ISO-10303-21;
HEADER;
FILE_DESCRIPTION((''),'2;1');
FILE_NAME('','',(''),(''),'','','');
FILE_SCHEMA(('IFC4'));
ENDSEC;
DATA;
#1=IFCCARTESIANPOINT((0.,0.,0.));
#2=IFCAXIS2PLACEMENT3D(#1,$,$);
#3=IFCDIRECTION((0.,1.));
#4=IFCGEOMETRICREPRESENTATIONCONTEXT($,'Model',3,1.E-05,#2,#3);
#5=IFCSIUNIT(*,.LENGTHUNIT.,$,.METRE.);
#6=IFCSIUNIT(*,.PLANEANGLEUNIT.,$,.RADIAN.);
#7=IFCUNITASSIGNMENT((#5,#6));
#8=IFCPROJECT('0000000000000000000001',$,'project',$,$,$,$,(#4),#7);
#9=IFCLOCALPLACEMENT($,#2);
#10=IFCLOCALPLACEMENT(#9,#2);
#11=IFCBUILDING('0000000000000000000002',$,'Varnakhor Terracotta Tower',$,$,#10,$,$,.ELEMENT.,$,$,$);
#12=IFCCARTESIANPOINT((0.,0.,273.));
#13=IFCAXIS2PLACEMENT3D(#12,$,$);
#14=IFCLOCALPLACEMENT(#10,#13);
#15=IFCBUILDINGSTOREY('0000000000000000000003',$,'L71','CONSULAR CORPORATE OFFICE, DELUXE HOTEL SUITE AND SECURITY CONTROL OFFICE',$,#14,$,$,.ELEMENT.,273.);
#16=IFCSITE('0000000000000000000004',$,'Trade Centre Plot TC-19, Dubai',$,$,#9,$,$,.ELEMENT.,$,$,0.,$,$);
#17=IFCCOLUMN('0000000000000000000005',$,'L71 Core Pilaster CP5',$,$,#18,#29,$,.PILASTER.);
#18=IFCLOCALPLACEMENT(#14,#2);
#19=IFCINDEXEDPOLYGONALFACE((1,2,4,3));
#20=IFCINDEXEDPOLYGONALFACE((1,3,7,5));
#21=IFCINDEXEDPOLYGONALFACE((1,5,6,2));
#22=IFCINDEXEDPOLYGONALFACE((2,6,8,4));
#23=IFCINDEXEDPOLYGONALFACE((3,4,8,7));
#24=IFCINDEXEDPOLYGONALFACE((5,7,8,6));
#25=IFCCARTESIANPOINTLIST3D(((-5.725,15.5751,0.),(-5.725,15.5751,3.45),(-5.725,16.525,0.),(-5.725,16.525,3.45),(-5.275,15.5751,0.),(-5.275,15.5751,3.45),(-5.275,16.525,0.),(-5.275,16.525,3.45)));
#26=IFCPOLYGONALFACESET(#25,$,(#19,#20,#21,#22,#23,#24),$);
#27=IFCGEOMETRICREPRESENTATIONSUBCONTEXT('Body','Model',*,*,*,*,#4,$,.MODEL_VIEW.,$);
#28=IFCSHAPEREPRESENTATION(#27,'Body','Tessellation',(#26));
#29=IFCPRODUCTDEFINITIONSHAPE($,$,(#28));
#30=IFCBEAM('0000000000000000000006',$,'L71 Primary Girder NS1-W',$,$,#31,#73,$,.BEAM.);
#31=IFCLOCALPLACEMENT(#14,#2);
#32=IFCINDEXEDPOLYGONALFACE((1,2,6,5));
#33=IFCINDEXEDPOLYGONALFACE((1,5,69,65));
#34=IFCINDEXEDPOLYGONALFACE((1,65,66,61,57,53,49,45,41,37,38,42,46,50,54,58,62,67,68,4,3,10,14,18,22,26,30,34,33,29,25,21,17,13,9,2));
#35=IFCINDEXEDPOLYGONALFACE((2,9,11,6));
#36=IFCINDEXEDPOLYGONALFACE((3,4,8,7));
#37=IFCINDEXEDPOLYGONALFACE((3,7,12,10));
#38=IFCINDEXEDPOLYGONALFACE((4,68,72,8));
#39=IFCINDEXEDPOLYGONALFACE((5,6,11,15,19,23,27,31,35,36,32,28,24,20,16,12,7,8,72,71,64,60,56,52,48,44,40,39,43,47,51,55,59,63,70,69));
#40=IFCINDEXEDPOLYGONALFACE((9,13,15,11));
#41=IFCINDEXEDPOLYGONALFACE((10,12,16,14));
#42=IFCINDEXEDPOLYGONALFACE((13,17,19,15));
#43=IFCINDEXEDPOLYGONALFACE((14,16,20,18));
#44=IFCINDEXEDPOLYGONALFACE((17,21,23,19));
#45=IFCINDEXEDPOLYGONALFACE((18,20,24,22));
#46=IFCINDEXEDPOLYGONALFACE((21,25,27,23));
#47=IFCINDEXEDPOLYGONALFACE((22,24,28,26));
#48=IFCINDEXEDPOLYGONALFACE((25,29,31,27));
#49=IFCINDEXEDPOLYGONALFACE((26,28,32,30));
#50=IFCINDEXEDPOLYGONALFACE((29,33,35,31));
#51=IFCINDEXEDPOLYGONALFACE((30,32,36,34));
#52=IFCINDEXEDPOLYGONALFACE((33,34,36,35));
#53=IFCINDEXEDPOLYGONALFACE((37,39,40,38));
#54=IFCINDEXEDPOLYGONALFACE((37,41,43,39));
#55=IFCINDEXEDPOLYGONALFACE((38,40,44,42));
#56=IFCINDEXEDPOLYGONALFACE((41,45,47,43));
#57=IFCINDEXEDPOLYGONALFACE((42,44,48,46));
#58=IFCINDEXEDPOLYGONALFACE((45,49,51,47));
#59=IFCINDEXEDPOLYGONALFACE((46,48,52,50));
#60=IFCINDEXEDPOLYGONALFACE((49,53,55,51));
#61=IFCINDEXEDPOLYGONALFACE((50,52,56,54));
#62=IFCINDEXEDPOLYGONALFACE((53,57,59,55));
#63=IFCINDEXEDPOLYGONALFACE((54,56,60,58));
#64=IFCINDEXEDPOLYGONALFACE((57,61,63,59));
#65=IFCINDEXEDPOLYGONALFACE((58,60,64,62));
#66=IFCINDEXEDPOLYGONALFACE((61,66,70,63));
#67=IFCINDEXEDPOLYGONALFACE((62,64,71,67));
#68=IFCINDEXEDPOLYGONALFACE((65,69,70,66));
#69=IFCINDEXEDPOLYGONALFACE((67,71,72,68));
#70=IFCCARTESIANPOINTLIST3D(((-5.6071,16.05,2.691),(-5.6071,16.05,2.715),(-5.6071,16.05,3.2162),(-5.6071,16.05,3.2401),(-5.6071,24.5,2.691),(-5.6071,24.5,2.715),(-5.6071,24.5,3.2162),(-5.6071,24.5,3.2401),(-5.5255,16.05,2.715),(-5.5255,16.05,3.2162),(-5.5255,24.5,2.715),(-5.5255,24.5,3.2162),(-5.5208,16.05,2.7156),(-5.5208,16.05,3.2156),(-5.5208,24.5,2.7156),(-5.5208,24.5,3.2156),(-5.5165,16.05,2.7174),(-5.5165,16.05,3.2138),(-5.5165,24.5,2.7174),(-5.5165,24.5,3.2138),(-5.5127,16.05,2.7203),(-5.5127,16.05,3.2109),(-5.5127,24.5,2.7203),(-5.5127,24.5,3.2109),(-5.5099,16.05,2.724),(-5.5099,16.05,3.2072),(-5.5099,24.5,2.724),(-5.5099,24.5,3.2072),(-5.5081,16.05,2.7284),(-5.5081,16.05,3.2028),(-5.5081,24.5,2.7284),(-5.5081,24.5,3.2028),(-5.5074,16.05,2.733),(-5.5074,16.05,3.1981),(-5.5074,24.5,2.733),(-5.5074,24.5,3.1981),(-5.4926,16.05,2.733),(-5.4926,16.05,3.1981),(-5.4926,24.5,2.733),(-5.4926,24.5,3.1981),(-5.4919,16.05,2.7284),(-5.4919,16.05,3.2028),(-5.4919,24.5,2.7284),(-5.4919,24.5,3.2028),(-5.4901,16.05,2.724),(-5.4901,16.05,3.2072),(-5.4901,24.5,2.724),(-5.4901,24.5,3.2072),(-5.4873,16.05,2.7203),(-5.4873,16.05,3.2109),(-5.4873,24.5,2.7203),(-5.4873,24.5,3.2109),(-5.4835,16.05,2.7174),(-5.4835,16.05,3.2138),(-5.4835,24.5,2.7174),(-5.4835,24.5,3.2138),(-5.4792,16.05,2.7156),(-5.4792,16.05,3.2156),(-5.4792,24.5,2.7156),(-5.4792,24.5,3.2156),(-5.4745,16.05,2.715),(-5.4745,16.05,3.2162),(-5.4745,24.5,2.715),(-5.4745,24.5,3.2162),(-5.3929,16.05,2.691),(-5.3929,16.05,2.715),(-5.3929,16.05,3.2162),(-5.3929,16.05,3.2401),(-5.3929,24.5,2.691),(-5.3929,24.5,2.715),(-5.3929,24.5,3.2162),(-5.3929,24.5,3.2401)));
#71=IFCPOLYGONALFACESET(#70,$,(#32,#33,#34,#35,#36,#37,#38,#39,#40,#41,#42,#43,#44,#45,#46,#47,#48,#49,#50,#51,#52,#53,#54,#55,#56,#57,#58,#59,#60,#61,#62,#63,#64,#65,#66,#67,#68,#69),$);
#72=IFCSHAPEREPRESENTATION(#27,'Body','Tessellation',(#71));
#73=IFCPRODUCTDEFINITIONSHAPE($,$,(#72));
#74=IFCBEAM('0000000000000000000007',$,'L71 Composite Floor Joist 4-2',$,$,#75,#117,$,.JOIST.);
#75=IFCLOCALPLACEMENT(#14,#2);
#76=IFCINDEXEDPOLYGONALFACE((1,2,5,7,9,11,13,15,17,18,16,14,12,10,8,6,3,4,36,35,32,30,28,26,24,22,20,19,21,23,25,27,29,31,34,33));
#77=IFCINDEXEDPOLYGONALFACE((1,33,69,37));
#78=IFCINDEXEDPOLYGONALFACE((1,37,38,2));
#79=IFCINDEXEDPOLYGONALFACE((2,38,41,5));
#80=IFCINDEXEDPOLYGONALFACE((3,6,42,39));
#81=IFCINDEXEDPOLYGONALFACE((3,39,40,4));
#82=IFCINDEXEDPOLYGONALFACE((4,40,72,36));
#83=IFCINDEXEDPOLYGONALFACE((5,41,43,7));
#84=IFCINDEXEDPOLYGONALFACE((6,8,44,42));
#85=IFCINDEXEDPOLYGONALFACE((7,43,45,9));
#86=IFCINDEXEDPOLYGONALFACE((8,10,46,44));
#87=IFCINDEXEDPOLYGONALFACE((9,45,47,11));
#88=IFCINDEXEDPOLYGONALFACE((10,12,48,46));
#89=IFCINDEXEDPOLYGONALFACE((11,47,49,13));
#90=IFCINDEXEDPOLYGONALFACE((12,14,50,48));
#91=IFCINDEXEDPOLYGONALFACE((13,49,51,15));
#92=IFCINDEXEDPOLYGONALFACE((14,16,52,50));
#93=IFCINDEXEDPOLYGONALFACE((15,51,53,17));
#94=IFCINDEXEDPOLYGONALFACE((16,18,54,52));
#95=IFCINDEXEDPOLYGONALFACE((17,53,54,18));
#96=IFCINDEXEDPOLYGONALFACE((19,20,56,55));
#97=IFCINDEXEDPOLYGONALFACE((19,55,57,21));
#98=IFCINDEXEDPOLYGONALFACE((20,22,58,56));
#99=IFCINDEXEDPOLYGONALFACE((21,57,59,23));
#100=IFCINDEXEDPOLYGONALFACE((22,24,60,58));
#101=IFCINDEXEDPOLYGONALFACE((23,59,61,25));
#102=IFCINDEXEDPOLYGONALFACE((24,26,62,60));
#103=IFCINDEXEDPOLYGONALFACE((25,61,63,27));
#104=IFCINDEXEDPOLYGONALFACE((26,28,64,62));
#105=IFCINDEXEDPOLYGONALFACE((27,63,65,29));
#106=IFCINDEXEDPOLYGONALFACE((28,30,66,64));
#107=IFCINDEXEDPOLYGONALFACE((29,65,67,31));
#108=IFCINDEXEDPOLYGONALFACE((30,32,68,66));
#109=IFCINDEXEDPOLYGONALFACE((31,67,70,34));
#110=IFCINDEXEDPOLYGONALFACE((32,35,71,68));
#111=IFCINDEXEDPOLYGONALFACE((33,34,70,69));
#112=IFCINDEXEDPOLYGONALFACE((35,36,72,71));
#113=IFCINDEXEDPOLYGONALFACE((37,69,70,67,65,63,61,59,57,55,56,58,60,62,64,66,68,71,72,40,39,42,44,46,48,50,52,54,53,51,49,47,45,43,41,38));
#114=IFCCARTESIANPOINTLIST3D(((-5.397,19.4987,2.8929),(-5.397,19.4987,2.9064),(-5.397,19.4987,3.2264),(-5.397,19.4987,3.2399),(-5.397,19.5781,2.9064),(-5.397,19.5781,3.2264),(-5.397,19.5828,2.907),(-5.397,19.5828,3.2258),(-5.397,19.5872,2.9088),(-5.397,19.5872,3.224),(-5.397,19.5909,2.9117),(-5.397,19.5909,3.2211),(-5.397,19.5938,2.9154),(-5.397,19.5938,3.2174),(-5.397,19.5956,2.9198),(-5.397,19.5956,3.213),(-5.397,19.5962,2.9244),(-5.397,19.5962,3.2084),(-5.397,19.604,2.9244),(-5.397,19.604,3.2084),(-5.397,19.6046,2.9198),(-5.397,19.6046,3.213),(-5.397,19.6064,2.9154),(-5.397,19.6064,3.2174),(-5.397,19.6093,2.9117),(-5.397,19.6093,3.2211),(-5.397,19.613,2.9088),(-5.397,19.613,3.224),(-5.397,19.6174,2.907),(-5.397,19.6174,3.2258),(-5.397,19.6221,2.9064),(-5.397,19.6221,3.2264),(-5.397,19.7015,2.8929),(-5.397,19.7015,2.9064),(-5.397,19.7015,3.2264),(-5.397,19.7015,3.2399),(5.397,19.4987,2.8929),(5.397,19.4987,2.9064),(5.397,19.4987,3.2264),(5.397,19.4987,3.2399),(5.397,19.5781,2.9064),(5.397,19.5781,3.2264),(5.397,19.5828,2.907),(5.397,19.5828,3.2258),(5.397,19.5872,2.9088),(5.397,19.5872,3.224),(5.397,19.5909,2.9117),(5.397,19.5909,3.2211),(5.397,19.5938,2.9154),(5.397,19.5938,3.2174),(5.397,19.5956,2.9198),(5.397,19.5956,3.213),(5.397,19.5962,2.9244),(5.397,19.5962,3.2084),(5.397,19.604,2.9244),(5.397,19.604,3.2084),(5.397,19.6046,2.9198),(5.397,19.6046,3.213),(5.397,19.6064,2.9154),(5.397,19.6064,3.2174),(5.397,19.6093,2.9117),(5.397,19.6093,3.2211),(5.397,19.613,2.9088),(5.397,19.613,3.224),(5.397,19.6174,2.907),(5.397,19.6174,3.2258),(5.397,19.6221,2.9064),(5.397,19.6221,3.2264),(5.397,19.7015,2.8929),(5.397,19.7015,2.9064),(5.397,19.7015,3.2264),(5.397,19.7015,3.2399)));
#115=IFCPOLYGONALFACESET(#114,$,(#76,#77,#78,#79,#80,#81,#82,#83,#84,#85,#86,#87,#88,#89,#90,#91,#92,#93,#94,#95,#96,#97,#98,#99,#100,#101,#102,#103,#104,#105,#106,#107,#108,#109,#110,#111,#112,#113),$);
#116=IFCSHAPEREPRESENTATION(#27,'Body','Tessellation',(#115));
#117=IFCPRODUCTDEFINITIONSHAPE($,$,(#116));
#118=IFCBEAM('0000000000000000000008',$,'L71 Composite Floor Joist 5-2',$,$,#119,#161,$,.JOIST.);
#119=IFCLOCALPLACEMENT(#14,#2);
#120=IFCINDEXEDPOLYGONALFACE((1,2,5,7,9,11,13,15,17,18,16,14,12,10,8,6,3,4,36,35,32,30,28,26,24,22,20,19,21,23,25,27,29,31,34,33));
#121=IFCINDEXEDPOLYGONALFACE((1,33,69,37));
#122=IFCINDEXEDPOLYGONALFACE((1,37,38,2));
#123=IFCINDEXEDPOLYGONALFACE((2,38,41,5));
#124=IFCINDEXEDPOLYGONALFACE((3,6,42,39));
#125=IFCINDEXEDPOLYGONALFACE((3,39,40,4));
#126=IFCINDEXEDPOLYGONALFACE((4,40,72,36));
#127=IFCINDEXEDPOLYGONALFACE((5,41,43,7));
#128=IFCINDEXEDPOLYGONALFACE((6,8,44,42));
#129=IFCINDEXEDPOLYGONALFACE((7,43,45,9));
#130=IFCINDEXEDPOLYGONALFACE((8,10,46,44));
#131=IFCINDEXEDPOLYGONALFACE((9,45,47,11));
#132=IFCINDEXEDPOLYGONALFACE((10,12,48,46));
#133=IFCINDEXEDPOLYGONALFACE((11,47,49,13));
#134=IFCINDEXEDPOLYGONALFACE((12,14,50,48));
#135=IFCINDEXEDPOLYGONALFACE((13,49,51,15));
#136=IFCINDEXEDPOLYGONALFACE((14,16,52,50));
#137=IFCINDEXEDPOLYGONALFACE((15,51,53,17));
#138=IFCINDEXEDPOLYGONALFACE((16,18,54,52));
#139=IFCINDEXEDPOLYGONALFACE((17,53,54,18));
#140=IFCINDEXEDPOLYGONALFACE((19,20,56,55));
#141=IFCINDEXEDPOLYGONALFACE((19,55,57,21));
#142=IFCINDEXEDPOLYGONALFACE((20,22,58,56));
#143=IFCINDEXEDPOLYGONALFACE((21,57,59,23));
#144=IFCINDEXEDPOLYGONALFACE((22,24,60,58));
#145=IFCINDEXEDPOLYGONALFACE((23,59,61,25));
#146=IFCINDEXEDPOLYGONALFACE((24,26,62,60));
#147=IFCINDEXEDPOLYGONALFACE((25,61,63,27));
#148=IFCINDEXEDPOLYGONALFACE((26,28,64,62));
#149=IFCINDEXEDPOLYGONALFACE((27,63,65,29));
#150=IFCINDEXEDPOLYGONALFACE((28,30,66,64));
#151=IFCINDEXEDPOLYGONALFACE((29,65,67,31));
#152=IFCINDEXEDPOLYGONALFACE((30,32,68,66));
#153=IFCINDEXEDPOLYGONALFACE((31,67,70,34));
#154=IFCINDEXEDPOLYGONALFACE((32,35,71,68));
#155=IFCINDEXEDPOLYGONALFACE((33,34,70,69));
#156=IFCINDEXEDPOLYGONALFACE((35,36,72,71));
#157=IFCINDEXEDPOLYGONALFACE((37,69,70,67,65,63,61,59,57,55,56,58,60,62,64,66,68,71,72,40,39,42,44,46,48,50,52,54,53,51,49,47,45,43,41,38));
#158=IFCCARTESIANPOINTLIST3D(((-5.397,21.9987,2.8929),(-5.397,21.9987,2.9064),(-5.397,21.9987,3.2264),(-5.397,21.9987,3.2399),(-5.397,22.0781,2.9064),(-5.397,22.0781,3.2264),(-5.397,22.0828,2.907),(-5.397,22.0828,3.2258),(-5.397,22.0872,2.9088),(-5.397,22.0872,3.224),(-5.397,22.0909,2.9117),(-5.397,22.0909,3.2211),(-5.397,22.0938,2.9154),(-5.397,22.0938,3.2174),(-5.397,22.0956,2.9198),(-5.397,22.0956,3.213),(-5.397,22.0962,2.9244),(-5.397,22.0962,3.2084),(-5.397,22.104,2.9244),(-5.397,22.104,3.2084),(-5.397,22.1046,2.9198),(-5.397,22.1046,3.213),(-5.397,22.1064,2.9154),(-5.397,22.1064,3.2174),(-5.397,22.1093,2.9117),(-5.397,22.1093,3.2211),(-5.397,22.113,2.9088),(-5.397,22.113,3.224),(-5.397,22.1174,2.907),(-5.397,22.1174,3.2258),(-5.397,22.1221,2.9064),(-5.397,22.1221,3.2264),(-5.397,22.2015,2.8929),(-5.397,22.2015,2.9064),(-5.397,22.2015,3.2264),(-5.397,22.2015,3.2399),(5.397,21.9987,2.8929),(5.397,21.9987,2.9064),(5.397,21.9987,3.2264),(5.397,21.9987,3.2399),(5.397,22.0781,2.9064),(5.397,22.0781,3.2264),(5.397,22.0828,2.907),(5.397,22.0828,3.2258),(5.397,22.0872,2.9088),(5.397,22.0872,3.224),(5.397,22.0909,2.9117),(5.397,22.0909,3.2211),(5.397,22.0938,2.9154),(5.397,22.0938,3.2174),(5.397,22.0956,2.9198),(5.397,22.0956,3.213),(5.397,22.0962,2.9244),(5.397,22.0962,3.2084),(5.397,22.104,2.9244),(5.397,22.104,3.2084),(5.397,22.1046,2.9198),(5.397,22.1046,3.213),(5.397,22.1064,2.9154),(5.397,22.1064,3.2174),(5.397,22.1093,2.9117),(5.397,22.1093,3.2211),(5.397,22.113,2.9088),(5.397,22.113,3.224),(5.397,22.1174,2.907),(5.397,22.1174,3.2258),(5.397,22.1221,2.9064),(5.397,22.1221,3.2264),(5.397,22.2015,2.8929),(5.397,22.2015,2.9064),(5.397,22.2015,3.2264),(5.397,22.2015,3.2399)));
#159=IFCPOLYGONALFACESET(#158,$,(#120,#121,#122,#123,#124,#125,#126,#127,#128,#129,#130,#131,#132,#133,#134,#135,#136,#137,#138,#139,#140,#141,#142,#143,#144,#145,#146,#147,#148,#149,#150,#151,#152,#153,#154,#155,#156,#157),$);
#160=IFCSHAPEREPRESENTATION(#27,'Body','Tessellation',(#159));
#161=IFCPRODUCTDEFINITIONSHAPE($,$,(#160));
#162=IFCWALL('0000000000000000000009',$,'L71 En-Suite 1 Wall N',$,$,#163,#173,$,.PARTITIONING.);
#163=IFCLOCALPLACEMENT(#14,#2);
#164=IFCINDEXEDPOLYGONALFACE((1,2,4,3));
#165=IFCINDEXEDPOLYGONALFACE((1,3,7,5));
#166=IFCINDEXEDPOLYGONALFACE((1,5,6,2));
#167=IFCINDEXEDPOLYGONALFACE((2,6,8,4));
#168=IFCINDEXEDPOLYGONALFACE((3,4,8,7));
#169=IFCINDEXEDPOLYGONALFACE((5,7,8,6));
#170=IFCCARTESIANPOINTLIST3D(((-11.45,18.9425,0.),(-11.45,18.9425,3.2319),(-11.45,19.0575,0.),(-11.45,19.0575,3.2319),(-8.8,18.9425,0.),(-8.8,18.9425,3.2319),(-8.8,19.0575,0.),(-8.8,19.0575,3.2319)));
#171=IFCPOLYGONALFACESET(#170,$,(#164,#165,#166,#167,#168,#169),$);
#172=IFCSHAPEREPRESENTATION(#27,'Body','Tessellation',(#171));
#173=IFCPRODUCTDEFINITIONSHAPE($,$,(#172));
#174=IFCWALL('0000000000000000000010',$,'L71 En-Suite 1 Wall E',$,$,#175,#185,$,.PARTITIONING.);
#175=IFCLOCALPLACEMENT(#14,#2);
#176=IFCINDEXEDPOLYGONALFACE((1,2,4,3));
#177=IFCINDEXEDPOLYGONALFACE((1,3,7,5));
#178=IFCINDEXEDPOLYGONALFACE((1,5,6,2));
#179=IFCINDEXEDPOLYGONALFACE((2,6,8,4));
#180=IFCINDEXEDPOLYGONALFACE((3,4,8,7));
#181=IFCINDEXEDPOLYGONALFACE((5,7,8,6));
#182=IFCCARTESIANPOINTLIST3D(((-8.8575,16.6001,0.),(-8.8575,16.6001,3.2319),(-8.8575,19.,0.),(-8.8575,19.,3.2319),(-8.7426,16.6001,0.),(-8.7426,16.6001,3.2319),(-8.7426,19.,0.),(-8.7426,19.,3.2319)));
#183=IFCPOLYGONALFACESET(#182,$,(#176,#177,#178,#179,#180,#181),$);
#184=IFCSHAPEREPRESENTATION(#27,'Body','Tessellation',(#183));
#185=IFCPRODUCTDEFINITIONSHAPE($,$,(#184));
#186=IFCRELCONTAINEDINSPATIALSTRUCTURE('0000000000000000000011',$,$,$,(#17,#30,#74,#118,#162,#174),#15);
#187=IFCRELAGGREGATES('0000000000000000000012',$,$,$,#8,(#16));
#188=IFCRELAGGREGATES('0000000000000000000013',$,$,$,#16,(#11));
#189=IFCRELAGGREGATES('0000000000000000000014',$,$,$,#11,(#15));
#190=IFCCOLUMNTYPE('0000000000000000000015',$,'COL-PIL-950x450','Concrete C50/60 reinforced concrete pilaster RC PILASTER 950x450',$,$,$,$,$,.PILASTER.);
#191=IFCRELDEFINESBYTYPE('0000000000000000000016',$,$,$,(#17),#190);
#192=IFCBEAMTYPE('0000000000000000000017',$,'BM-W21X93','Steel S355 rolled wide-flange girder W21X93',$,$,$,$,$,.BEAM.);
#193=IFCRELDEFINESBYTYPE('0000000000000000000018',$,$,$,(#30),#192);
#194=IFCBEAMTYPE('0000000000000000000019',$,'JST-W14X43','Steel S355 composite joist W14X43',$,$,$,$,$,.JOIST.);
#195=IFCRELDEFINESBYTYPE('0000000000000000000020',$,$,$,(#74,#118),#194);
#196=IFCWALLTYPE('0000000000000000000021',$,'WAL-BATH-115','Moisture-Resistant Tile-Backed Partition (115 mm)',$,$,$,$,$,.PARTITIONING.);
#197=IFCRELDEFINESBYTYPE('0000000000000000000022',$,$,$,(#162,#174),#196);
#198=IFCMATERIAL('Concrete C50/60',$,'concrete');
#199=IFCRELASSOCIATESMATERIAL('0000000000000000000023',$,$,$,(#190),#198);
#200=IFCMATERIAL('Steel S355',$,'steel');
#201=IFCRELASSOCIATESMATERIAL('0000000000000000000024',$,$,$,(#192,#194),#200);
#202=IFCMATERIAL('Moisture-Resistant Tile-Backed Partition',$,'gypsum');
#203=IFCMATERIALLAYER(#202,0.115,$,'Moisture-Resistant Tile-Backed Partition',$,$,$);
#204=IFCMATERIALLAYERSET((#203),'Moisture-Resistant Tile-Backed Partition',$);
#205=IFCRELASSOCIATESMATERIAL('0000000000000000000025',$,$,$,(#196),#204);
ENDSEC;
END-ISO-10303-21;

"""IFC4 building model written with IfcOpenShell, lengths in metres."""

from ifc_helpers import new_model, si_unit, direction, frame, frame_2d, origin, origin_2d, place, context, subcontext, project, spatial, rectangle, i_section, extrude, source, transform, mapped, material, layer, layer_set, material_profile, profile_set, type_object, type_shapes, element, save


model = new_model("IFC4")

# Units and contexts
model_context = context("Model", 3, precision=1e-05, world=origin(), true_north=direction((0.0, 1.0)))
body_context = subcontext(model_context, "Body", "Model", "MODEL_VIEW")
ifc_project = project(units=[si_unit("LENGTHUNIT", "METRE"), si_unit("PLANEANGLEUNIT", "RADIAN")], contexts=[model_context])

# Site, building, storey
site_placement = place(None, origin())
site = spatial("IfcSite", under=ifc_project, at=site_placement, Name="Trade Centre Plot TC-19, Dubai", CompositionType="ELEMENT", RefElevation=0.0)
building_placement = place(site_placement, origin())
building = spatial("IfcBuilding", under=site, at=building_placement, Name="Varnakhor Terracotta Tower", CompositionType="ELEMENT")
storey_placement = place(building_placement, frame((0.0, 0.0, 273.0)))
storey = spatial("IfcBuildingStorey", under=building, at=storey_placement, Name="L71", Description="CONSULAR CORPORATE OFFICE, DELUXE HOTEL SUITE AND SECURITY CONTROL OFFICE", CompositionType="ELEMENT", Elevation=273.0)

# Column
ifc_material_1 = material(Name="Concrete C50/60", Category="concrete")
ifc_material_profile_1 = material_profile(ifc_material_1, rectangle(XDim=0.45, YDim=0.95, at=origin_2d()), Name="RC PILASTER 950x450")
ifc_profile_set_1 = profile_set([ifc_material_profile_1], Name="Concrete C50/60")
column_type = type_object("IfcColumnType", Name="COL-PIL-950x450", Description="Concrete C50/60 reinforced concrete pilaster RC PILASTER 950x450", PredefinedType="PILASTER", material=ifc_profile_set_1)
shared_shape_1 = source(origin(), body_context, "Body", "SweptSolid", [
    extrude(rectangle(XDim=0.45, YDim=0.95, at=origin_2d()), origin(), (0.0, 0.0, 1.0), 3.45),
])
column_placement = place(storey_placement, frame((-5.5, 16.05, 0.0), z_axis=(0.0, 0.0, 1.0), x_axis=(1.0, 0.0, 0.0)))
element("IfcColumn", 1, at=column_placement, inside=storey, type_object=column_type, Name="L71 Core Pilaster CP5", PredefinedType="PILASTER", context=body_context, shape_type="MappedRepresentation", body=[
    mapped(shared_shape_1, transform((0.0, 0.0, 0.0), scale=1.0)),
])

# Beams
ifc_material_2 = material(Name="Steel S355", Category="steel")
ifc_material_profile_2 = material_profile(ifc_material_2, i_section(OverallWidth=0.2141, OverallDepth=0.5491, WebThickness=0.0149, FlangeThickness=0.0239, FilletRadius=0.0181, at=origin_2d()), Name="W21X93")
ifc_profile_set_2 = profile_set([ifc_material_profile_2], Name="Steel S355")
beam_type_1 = type_object("IfcBeamType", Name="BM-W21X93", Description="Steel S355 rolled wide-flange girder W21X93", PredefinedType="BEAM", material=ifc_profile_set_2)
shared_shape_2 = source(origin(), body_context, "Body", "SweptSolid", [
    extrude(i_section(OverallWidth=0.2141, OverallDepth=0.5491, WebThickness=0.0149, FlangeThickness=0.0239, FilletRadius=0.0181, at=origin_2d()), origin(), (0.0, 0.0, 1.0), 8.45),
])
type_shapes(beam_type_1, [shared_shape_2])
beam_placement = place(storey_placement, frame((-5.5, 16.05, 2.9656), z_axis=(0.0, 1.0, 0.0), x_axis=(-1.0, 0.0, 0.0)))
element("IfcBeam", 2, at=beam_placement, inside=storey, type_object=beam_type_1, Name="L71 Primary Girder NS1-W", PredefinedType="BEAM", context=body_context, shape_type="MappedRepresentation", body=[
    mapped(shared_shape_2, transform((0.0, 0.0, 0.0), scale=1.0)),
])
ifc_material_profile_3 = material_profile(ifc_material_2, i_section(OverallWidth=0.2029, OverallDepth=0.3469, WebThickness=0.0078, FlangeThickness=0.0134, FilletRadius=0.0181, at=origin_2d()), Name="W14X43")
ifc_profile_set_3 = profile_set([ifc_material_profile_3], Name="Steel S355")
beam_type_2 = type_object("IfcBeamType", Name="JST-W14X43", Description="Steel S355 composite joist W14X43", PredefinedType="JOIST", material=ifc_profile_set_3)
shared_shape_3 = source(origin(), body_context, "Body", "SweptSolid", [
    extrude(i_section(OverallWidth=0.2029, OverallDepth=0.3469, WebThickness=0.0078, FlangeThickness=0.0134, FilletRadius=0.0181, at=origin_2d()), origin(), (0.0, 0.0, 1.0), 10.7939),
])
for number, where, z_axis, x_axis, name in (
    (3, (-5.397, 19.6001, 3.0664), (1.0, 0.0, 0.0), (0.0, 1.0, 0.0), "L71 Composite Floor Joist 4-2"),
    (4, (-5.397, 22.1001, 3.0664), (1.0, 0.0, 0.0), (0.0, 1.0, 0.0), "L71 Composite Floor Joist 5-2"),
):
    element("IfcBeam", number, at=place(storey_placement, frame(where, z_axis=z_axis, x_axis=x_axis)), inside=storey, type_object=beam_type_2, Name=name, PredefinedType="JOIST", context=body_context, shape_type="MappedRepresentation", body=[
        mapped(shared_shape_3, transform((0.0, 0.0, 0.0), scale=1.0)),
    ])

# Walls
ifc_material_3 = material(Name="Moisture-Resistant Tile-Backed Partition", Category="gypsum")
ifc_layer_1 = layer(ifc_material_3, 0.115, Name="Moisture-Resistant Tile-Backed Partition")
ifc_layer_set_1 = layer_set([ifc_layer_1], Name="Moisture-Resistant Tile-Backed Partition")
wall_type_1 = type_object("IfcWallType", Name="WAL-BATH-115", Description="Moisture-Resistant Tile-Backed Partition (115 mm)", PredefinedType="PARTITIONING", material=ifc_layer_set_1)
wall_1_placement = place(storey_placement, frame((-11.45, 19.0, 0.0), z_axis=(0.0, 0.0, 1.0), x_axis=(1.0, 0.0, 0.0)))
element("IfcWall", 5, at=wall_1_placement, inside=storey, type_object=wall_type_1, Name="L71 En-Suite 1 Wall N", PredefinedType="PARTITIONING", context=body_context, shape_type="SweptSolid", body=[
    extrude(rectangle(XDim=2.6499, YDim=0.115, at=frame_2d((1.325, 0.0))), origin(), (0.0, 0.0, 1.0), 3.2319),
])
wall_2_placement = place(storey_placement, frame((-8.8, 16.6001, 0.0), z_axis=(0.0, 0.0, 1.0), x_axis=(0.0, 1.0, 0.0)))
element("IfcWall", 6, at=wall_2_placement, inside=storey, type_object=wall_type_1, Name="L71 En-Suite 1 Wall E", PredefinedType="PARTITIONING", context=body_context, shape_type="SweptSolid", body=[
    extrude(rectangle(XDim=2.3999, YDim=0.115, at=frame_2d((1.2, 0.0))), origin(), (0.0, 0.0, 1.0), 3.2319),
])

save(model, "model.ifc")
